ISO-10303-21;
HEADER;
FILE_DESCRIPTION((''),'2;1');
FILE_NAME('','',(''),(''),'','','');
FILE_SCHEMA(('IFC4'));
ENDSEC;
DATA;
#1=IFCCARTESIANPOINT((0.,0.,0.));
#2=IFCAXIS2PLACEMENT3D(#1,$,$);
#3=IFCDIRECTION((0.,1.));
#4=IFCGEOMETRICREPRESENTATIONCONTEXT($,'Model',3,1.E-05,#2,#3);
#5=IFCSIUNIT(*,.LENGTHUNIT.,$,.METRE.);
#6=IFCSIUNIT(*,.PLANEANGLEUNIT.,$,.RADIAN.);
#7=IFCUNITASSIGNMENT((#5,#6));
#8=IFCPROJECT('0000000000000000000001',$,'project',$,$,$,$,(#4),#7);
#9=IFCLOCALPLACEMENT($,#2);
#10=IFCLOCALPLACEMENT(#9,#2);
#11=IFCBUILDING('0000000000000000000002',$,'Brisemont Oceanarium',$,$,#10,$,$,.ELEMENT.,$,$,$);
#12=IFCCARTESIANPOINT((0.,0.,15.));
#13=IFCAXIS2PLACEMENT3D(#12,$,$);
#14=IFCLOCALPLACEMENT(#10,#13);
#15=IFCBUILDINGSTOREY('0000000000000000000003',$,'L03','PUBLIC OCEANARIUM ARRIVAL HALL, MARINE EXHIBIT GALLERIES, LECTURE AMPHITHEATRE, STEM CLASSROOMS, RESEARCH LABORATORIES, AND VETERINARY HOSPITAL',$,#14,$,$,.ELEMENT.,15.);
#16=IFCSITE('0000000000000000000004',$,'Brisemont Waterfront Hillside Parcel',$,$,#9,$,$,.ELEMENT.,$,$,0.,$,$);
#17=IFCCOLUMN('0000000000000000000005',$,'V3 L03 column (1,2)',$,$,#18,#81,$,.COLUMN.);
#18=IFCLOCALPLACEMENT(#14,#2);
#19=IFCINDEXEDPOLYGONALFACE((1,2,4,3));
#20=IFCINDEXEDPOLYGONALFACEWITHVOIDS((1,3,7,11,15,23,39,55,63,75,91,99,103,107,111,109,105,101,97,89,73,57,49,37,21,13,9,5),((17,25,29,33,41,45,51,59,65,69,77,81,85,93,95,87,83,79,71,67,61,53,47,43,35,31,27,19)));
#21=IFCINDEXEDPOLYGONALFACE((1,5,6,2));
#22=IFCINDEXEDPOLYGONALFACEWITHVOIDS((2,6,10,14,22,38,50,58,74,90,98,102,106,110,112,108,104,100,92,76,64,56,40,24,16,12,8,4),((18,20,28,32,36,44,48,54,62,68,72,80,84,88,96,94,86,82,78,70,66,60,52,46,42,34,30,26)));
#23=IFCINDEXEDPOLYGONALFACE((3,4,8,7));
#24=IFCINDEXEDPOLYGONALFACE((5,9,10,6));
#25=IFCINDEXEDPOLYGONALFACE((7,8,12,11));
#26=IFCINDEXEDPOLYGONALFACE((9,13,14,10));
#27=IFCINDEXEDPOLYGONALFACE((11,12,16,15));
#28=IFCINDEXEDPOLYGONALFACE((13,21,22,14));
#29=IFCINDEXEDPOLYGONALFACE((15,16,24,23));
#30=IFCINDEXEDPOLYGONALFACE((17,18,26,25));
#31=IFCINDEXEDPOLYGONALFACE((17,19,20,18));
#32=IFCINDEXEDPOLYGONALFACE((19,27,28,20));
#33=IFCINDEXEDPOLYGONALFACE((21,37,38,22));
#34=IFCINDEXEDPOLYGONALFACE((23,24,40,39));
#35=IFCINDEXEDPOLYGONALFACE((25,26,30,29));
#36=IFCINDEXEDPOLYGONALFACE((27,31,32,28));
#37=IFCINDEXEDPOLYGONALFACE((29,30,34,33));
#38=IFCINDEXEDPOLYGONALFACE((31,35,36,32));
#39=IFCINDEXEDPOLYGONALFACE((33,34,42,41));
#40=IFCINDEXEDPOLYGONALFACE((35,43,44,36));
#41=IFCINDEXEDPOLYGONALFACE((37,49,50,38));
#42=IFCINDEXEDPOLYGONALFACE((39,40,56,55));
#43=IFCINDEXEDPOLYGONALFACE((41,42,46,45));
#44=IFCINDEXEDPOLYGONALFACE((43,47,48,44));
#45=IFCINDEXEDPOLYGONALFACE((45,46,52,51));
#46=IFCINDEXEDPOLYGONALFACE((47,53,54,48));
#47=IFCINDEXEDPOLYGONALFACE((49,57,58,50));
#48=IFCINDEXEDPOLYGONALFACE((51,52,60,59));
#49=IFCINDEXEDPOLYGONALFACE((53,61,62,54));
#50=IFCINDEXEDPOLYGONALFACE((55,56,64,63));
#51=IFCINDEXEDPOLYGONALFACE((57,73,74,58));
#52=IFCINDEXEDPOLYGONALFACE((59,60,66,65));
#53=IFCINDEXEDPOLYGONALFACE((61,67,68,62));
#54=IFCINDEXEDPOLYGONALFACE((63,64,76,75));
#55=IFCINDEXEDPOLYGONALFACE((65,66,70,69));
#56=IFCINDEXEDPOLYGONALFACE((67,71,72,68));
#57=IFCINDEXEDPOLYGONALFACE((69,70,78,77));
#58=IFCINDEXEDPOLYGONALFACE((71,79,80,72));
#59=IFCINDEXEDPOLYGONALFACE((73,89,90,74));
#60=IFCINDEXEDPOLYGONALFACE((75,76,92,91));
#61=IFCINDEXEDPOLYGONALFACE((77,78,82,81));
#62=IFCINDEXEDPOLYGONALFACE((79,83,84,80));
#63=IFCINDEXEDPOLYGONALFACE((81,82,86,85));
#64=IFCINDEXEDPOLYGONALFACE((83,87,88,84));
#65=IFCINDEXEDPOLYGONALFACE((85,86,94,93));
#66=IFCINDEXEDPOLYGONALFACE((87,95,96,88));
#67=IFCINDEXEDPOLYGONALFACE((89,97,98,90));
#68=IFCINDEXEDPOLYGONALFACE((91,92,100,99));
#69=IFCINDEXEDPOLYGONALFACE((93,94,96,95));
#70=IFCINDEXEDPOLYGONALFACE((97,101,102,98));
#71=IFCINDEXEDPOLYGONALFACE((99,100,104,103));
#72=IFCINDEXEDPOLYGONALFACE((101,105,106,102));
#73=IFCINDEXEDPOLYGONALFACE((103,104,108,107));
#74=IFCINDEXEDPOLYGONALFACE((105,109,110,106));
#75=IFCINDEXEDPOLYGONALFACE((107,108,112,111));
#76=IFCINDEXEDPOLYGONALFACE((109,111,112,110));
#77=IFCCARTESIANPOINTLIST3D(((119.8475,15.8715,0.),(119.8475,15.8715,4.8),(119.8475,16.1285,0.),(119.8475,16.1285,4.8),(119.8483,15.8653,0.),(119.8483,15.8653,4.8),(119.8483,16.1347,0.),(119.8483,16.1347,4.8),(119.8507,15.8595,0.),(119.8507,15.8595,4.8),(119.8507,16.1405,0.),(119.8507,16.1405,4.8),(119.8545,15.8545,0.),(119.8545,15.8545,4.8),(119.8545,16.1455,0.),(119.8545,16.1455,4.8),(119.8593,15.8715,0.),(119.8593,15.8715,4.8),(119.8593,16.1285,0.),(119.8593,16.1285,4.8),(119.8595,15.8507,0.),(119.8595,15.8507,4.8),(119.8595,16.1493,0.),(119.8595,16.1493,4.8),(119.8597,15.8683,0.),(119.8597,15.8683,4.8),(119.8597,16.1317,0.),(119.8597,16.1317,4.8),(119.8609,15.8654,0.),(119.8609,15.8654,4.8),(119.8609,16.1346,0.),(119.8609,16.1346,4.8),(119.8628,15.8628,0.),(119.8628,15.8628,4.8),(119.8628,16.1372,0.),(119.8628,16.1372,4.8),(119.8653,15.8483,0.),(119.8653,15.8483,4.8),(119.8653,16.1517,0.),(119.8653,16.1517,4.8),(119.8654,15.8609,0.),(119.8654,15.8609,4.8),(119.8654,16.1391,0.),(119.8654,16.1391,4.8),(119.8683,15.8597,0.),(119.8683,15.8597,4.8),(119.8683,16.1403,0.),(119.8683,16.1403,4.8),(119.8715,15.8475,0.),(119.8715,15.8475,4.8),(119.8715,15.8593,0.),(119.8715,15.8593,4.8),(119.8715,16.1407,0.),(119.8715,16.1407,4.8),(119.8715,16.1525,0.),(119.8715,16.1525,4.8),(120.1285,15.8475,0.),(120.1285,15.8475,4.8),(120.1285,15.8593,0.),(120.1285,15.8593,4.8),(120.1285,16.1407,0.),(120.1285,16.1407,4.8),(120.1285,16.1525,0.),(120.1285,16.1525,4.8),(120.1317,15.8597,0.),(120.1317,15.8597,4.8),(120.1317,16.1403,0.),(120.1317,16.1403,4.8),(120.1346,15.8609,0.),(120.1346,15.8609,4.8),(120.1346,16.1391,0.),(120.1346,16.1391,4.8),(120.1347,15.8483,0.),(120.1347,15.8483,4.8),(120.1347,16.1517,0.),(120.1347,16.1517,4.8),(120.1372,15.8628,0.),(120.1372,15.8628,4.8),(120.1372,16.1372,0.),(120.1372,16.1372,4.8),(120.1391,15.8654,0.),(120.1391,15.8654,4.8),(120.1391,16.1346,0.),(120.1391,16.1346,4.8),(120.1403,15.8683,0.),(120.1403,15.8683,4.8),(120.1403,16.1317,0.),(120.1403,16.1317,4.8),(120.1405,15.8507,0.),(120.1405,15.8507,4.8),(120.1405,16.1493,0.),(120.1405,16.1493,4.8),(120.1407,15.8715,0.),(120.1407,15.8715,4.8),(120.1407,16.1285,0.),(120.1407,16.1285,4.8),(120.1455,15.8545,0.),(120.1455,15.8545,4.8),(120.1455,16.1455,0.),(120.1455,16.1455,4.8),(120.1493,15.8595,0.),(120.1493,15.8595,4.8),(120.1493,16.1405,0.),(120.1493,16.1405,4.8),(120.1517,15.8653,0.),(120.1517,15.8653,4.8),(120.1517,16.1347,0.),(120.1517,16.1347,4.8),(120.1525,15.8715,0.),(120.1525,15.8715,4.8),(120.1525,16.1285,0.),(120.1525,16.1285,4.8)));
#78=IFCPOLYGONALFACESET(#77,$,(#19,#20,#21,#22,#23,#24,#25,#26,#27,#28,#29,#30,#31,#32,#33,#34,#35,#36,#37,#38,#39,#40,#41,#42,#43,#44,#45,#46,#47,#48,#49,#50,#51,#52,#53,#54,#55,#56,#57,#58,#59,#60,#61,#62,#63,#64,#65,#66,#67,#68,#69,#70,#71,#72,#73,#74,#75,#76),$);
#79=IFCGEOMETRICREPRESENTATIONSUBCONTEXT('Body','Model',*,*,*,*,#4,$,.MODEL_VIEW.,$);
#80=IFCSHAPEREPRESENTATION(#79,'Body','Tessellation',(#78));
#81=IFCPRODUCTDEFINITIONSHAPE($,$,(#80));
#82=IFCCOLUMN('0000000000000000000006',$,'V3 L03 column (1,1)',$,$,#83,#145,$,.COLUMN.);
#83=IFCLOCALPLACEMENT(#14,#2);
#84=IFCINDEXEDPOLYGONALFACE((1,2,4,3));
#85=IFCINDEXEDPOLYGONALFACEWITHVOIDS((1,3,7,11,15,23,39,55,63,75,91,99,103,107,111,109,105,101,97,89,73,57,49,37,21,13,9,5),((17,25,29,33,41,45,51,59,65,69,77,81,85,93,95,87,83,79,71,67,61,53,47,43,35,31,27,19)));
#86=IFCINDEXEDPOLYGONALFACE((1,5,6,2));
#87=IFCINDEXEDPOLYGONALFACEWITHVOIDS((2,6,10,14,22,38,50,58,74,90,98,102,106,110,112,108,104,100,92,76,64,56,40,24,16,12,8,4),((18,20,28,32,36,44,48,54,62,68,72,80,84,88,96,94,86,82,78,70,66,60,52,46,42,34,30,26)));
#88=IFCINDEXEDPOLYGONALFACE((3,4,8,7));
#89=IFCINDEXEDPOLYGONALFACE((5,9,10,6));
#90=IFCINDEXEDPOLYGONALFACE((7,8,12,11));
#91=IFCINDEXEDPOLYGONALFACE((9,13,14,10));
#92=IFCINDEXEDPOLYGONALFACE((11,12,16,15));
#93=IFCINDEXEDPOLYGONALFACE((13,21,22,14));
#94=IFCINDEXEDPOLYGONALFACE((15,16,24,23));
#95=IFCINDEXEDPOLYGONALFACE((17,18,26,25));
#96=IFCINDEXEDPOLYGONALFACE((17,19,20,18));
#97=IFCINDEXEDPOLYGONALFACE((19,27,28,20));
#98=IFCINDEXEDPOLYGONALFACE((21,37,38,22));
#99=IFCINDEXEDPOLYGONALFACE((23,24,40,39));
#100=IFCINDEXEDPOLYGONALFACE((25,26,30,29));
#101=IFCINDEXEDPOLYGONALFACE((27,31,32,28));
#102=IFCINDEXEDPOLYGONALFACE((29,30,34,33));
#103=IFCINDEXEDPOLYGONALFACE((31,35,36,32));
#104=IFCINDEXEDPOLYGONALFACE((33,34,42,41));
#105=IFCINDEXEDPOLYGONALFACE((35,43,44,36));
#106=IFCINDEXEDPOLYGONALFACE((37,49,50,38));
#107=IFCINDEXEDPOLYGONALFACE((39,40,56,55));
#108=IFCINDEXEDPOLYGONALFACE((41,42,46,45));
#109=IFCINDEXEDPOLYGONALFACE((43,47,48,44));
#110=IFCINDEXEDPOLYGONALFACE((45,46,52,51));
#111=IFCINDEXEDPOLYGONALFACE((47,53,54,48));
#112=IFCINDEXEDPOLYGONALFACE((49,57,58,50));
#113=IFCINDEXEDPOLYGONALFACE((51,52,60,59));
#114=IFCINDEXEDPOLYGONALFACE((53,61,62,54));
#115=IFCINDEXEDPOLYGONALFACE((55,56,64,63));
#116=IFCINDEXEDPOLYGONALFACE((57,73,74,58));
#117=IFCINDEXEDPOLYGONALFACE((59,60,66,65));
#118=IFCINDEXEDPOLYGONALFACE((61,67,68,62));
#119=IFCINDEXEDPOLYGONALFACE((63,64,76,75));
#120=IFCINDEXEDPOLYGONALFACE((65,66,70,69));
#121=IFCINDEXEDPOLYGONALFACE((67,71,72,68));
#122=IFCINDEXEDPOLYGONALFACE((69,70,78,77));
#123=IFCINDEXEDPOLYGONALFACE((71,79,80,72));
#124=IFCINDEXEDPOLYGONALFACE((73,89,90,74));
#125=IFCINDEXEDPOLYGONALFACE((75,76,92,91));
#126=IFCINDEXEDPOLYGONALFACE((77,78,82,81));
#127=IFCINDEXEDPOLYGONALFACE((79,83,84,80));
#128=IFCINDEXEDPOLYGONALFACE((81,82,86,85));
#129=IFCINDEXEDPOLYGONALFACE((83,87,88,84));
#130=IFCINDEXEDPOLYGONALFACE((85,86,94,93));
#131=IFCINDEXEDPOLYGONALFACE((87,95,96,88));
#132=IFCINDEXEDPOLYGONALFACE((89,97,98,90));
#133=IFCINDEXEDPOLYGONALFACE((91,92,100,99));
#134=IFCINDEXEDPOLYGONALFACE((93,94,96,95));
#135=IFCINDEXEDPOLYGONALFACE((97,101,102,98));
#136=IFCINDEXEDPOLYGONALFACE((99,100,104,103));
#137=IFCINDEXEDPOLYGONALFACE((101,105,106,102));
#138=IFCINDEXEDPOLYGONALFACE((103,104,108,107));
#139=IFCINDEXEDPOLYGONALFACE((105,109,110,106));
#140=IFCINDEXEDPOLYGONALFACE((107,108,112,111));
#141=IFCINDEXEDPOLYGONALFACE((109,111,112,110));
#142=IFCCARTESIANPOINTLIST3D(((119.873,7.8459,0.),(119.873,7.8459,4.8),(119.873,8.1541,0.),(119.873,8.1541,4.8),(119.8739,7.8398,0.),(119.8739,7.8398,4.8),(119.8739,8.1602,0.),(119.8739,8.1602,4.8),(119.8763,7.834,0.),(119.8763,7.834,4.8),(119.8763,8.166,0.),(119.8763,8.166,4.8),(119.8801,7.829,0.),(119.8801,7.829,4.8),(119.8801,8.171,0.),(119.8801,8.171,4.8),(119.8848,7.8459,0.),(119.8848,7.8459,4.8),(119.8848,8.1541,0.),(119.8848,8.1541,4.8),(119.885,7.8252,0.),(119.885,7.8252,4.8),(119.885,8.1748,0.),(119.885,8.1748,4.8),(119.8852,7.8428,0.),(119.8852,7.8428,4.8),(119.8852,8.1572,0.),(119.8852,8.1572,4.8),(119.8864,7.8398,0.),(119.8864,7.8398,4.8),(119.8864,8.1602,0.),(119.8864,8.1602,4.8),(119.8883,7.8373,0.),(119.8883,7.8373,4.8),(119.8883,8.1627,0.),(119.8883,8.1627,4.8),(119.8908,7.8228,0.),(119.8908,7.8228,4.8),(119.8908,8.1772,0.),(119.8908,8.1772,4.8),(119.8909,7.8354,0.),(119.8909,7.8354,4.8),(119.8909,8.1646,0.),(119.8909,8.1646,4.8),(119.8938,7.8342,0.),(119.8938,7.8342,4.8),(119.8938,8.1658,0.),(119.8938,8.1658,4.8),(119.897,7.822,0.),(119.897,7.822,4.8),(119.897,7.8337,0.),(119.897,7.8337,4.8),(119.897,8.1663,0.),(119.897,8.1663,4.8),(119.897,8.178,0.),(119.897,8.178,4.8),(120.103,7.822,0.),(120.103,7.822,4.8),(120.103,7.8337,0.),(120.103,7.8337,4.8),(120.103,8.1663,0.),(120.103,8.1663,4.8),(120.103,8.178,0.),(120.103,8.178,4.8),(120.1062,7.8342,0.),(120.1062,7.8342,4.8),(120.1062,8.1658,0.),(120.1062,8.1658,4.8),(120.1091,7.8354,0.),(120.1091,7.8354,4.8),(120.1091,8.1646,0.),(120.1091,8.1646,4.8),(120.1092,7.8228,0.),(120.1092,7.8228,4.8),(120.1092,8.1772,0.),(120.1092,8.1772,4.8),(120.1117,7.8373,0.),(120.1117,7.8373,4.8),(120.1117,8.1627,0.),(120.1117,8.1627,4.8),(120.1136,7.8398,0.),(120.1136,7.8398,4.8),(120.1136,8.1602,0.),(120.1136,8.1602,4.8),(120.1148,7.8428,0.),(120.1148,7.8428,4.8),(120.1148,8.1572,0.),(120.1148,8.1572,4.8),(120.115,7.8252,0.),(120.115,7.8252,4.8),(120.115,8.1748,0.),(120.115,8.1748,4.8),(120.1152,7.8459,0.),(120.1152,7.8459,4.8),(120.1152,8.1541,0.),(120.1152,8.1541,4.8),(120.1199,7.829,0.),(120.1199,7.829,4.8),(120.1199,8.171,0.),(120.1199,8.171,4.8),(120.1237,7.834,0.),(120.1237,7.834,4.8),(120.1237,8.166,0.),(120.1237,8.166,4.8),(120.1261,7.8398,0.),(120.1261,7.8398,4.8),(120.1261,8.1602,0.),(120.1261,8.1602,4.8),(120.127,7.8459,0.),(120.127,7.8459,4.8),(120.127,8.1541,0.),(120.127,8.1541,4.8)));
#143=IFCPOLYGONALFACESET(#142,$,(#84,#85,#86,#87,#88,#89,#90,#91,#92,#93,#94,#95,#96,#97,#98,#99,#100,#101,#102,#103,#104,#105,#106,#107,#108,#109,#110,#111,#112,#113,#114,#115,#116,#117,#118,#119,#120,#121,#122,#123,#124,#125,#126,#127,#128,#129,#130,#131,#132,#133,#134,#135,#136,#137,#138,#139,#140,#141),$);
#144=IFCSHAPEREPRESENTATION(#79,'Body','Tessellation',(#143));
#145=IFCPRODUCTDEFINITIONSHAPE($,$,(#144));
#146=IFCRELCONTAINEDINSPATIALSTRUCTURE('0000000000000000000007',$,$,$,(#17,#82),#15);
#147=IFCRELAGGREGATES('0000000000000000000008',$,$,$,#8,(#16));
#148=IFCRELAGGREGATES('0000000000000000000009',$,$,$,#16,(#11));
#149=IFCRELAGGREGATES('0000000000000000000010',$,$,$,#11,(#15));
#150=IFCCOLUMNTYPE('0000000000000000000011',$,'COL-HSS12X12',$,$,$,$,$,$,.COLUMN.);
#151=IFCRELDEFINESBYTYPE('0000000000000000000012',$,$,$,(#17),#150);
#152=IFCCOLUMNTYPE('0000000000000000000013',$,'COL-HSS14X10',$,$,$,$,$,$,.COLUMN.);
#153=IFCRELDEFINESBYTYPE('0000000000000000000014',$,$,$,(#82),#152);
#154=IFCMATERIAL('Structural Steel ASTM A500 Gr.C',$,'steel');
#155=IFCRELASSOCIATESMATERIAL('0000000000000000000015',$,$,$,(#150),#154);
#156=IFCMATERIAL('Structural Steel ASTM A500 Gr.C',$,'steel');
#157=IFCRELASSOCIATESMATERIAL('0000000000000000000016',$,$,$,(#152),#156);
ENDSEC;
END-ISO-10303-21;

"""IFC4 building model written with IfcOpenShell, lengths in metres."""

from ifc_helpers import new_model, si_unit, direction, frame, origin, origin_2d, place, context, subcontext, project, spatial, hollow_rectangle, extrude, material, material_profile, profile_set, type_object, element, save


model = new_model("IFC4")

# Units and contexts
model_context = context("Model", 3, precision=1e-05, world=origin(), true_north=direction((0.0, 1.0)))
body_context = subcontext(model_context, "Body", "Model", "MODEL_VIEW")
ifc_project = project(units=[si_unit("LENGTHUNIT", "METRE"), si_unit("PLANEANGLEUNIT", "RADIAN")], contexts=[model_context])

# Site, building, storey
site_placement = place(None, origin())
site = spatial("IfcSite", under=ifc_project, at=site_placement, Name="Brisemont Waterfront Hillside Parcel", CompositionType="ELEMENT", RefElevation=0.0)
building_placement = place(site_placement, origin())
building = spatial("IfcBuilding", under=site, at=building_placement, Name="Brisemont Oceanarium", CompositionType="ELEMENT")
storey_placement = place(building_placement, frame((0.0, 0.0, 15.0)))
storey = spatial("IfcBuildingStorey", under=building, at=storey_placement, Name="L03", Description="PUBLIC OCEANARIUM ARRIVAL HALL, MARINE EXHIBIT GALLERIES, LECTURE AMPHITHEATRE, STEM CLASSROOMS, RESEARCH LABORATORIES, AND VETERINARY HOSPITAL", CompositionType="ELEMENT", Elevation=15.0)

# Columns
ifc_material_1 = material(Name="Structural Steel ASTM A500 Gr.C", Category="steel")
ifc_material_profile_1 = material_profile(ifc_material_1, hollow_rectangle(XDim=0.3049, YDim=0.3049, WallThickness=0.0117, InnerFilletRadius=0.0122, OuterFilletRadius=0.0239, at=origin_2d()), Name="HSS12X12X1/2")
ifc_profile_set_1 = profile_set([ifc_material_profile_1], Name="Structural Steel ASTM A500 Gr.C")
column_type_1 = type_object("IfcColumnType", Name="COL-HSS12X12", PredefinedType="COLUMN", material=ifc_profile_set_1)
column_1_placement = place(storey_placement, frame((120.0, 16.0, 0.0), z_axis=(0.0, 0.0, 1.0), x_axis=(0.0, 1.0, 0.0)))
element("IfcColumn", 1, at=column_1_placement, inside=storey, type_object=column_type_1, Name="V3 L03 column (1,2)", PredefinedType="COLUMN", context=body_context, shape_type="SweptSolid", body=[
    extrude(hollow_rectangle(XDim=0.3049, YDim=0.3049, WallThickness=0.0117, InnerFilletRadius=0.0122, OuterFilletRadius=0.0239, at=origin_2d()), origin(), (0.0, 0.0, 1.0), 4.8),
])
ifc_material_2 = material(Name="Structural Steel ASTM A500 Gr.C", Category="steel")
ifc_material_profile_2 = material_profile(ifc_material_2, hollow_rectangle(XDim=0.2539, YDim=0.356, WallThickness=0.0117, InnerFilletRadius=0.0122, OuterFilletRadius=0.0239, at=origin_2d()), Name="HSS14X10X1/2")
ifc_profile_set_2 = profile_set([ifc_material_profile_2], Name="Structural Steel ASTM A500 Gr.C")
column_type_2 = type_object("IfcColumnType", Name="COL-HSS14X10", PredefinedType="COLUMN", material=ifc_profile_set_2)
column_2_placement = place(storey_placement, frame((120.0, 8.0, 0.0), z_axis=(0.0, 0.0, 1.0), x_axis=(1.0, 0.0, 0.0)))
element("IfcColumn", 2, at=column_2_placement, inside=storey, type_object=column_type_2, Name="V3 L03 column (1,1)", PredefinedType="COLUMN", context=body_context, shape_type="SweptSolid", body=[
    extrude(hollow_rectangle(XDim=0.2539, YDim=0.356, WallThickness=0.0117, InnerFilletRadius=0.0122, OuterFilletRadius=0.0239, at=origin_2d()), origin(), (0.0, 0.0, 1.0), 4.8),
])

save(model, "model.ifc")
